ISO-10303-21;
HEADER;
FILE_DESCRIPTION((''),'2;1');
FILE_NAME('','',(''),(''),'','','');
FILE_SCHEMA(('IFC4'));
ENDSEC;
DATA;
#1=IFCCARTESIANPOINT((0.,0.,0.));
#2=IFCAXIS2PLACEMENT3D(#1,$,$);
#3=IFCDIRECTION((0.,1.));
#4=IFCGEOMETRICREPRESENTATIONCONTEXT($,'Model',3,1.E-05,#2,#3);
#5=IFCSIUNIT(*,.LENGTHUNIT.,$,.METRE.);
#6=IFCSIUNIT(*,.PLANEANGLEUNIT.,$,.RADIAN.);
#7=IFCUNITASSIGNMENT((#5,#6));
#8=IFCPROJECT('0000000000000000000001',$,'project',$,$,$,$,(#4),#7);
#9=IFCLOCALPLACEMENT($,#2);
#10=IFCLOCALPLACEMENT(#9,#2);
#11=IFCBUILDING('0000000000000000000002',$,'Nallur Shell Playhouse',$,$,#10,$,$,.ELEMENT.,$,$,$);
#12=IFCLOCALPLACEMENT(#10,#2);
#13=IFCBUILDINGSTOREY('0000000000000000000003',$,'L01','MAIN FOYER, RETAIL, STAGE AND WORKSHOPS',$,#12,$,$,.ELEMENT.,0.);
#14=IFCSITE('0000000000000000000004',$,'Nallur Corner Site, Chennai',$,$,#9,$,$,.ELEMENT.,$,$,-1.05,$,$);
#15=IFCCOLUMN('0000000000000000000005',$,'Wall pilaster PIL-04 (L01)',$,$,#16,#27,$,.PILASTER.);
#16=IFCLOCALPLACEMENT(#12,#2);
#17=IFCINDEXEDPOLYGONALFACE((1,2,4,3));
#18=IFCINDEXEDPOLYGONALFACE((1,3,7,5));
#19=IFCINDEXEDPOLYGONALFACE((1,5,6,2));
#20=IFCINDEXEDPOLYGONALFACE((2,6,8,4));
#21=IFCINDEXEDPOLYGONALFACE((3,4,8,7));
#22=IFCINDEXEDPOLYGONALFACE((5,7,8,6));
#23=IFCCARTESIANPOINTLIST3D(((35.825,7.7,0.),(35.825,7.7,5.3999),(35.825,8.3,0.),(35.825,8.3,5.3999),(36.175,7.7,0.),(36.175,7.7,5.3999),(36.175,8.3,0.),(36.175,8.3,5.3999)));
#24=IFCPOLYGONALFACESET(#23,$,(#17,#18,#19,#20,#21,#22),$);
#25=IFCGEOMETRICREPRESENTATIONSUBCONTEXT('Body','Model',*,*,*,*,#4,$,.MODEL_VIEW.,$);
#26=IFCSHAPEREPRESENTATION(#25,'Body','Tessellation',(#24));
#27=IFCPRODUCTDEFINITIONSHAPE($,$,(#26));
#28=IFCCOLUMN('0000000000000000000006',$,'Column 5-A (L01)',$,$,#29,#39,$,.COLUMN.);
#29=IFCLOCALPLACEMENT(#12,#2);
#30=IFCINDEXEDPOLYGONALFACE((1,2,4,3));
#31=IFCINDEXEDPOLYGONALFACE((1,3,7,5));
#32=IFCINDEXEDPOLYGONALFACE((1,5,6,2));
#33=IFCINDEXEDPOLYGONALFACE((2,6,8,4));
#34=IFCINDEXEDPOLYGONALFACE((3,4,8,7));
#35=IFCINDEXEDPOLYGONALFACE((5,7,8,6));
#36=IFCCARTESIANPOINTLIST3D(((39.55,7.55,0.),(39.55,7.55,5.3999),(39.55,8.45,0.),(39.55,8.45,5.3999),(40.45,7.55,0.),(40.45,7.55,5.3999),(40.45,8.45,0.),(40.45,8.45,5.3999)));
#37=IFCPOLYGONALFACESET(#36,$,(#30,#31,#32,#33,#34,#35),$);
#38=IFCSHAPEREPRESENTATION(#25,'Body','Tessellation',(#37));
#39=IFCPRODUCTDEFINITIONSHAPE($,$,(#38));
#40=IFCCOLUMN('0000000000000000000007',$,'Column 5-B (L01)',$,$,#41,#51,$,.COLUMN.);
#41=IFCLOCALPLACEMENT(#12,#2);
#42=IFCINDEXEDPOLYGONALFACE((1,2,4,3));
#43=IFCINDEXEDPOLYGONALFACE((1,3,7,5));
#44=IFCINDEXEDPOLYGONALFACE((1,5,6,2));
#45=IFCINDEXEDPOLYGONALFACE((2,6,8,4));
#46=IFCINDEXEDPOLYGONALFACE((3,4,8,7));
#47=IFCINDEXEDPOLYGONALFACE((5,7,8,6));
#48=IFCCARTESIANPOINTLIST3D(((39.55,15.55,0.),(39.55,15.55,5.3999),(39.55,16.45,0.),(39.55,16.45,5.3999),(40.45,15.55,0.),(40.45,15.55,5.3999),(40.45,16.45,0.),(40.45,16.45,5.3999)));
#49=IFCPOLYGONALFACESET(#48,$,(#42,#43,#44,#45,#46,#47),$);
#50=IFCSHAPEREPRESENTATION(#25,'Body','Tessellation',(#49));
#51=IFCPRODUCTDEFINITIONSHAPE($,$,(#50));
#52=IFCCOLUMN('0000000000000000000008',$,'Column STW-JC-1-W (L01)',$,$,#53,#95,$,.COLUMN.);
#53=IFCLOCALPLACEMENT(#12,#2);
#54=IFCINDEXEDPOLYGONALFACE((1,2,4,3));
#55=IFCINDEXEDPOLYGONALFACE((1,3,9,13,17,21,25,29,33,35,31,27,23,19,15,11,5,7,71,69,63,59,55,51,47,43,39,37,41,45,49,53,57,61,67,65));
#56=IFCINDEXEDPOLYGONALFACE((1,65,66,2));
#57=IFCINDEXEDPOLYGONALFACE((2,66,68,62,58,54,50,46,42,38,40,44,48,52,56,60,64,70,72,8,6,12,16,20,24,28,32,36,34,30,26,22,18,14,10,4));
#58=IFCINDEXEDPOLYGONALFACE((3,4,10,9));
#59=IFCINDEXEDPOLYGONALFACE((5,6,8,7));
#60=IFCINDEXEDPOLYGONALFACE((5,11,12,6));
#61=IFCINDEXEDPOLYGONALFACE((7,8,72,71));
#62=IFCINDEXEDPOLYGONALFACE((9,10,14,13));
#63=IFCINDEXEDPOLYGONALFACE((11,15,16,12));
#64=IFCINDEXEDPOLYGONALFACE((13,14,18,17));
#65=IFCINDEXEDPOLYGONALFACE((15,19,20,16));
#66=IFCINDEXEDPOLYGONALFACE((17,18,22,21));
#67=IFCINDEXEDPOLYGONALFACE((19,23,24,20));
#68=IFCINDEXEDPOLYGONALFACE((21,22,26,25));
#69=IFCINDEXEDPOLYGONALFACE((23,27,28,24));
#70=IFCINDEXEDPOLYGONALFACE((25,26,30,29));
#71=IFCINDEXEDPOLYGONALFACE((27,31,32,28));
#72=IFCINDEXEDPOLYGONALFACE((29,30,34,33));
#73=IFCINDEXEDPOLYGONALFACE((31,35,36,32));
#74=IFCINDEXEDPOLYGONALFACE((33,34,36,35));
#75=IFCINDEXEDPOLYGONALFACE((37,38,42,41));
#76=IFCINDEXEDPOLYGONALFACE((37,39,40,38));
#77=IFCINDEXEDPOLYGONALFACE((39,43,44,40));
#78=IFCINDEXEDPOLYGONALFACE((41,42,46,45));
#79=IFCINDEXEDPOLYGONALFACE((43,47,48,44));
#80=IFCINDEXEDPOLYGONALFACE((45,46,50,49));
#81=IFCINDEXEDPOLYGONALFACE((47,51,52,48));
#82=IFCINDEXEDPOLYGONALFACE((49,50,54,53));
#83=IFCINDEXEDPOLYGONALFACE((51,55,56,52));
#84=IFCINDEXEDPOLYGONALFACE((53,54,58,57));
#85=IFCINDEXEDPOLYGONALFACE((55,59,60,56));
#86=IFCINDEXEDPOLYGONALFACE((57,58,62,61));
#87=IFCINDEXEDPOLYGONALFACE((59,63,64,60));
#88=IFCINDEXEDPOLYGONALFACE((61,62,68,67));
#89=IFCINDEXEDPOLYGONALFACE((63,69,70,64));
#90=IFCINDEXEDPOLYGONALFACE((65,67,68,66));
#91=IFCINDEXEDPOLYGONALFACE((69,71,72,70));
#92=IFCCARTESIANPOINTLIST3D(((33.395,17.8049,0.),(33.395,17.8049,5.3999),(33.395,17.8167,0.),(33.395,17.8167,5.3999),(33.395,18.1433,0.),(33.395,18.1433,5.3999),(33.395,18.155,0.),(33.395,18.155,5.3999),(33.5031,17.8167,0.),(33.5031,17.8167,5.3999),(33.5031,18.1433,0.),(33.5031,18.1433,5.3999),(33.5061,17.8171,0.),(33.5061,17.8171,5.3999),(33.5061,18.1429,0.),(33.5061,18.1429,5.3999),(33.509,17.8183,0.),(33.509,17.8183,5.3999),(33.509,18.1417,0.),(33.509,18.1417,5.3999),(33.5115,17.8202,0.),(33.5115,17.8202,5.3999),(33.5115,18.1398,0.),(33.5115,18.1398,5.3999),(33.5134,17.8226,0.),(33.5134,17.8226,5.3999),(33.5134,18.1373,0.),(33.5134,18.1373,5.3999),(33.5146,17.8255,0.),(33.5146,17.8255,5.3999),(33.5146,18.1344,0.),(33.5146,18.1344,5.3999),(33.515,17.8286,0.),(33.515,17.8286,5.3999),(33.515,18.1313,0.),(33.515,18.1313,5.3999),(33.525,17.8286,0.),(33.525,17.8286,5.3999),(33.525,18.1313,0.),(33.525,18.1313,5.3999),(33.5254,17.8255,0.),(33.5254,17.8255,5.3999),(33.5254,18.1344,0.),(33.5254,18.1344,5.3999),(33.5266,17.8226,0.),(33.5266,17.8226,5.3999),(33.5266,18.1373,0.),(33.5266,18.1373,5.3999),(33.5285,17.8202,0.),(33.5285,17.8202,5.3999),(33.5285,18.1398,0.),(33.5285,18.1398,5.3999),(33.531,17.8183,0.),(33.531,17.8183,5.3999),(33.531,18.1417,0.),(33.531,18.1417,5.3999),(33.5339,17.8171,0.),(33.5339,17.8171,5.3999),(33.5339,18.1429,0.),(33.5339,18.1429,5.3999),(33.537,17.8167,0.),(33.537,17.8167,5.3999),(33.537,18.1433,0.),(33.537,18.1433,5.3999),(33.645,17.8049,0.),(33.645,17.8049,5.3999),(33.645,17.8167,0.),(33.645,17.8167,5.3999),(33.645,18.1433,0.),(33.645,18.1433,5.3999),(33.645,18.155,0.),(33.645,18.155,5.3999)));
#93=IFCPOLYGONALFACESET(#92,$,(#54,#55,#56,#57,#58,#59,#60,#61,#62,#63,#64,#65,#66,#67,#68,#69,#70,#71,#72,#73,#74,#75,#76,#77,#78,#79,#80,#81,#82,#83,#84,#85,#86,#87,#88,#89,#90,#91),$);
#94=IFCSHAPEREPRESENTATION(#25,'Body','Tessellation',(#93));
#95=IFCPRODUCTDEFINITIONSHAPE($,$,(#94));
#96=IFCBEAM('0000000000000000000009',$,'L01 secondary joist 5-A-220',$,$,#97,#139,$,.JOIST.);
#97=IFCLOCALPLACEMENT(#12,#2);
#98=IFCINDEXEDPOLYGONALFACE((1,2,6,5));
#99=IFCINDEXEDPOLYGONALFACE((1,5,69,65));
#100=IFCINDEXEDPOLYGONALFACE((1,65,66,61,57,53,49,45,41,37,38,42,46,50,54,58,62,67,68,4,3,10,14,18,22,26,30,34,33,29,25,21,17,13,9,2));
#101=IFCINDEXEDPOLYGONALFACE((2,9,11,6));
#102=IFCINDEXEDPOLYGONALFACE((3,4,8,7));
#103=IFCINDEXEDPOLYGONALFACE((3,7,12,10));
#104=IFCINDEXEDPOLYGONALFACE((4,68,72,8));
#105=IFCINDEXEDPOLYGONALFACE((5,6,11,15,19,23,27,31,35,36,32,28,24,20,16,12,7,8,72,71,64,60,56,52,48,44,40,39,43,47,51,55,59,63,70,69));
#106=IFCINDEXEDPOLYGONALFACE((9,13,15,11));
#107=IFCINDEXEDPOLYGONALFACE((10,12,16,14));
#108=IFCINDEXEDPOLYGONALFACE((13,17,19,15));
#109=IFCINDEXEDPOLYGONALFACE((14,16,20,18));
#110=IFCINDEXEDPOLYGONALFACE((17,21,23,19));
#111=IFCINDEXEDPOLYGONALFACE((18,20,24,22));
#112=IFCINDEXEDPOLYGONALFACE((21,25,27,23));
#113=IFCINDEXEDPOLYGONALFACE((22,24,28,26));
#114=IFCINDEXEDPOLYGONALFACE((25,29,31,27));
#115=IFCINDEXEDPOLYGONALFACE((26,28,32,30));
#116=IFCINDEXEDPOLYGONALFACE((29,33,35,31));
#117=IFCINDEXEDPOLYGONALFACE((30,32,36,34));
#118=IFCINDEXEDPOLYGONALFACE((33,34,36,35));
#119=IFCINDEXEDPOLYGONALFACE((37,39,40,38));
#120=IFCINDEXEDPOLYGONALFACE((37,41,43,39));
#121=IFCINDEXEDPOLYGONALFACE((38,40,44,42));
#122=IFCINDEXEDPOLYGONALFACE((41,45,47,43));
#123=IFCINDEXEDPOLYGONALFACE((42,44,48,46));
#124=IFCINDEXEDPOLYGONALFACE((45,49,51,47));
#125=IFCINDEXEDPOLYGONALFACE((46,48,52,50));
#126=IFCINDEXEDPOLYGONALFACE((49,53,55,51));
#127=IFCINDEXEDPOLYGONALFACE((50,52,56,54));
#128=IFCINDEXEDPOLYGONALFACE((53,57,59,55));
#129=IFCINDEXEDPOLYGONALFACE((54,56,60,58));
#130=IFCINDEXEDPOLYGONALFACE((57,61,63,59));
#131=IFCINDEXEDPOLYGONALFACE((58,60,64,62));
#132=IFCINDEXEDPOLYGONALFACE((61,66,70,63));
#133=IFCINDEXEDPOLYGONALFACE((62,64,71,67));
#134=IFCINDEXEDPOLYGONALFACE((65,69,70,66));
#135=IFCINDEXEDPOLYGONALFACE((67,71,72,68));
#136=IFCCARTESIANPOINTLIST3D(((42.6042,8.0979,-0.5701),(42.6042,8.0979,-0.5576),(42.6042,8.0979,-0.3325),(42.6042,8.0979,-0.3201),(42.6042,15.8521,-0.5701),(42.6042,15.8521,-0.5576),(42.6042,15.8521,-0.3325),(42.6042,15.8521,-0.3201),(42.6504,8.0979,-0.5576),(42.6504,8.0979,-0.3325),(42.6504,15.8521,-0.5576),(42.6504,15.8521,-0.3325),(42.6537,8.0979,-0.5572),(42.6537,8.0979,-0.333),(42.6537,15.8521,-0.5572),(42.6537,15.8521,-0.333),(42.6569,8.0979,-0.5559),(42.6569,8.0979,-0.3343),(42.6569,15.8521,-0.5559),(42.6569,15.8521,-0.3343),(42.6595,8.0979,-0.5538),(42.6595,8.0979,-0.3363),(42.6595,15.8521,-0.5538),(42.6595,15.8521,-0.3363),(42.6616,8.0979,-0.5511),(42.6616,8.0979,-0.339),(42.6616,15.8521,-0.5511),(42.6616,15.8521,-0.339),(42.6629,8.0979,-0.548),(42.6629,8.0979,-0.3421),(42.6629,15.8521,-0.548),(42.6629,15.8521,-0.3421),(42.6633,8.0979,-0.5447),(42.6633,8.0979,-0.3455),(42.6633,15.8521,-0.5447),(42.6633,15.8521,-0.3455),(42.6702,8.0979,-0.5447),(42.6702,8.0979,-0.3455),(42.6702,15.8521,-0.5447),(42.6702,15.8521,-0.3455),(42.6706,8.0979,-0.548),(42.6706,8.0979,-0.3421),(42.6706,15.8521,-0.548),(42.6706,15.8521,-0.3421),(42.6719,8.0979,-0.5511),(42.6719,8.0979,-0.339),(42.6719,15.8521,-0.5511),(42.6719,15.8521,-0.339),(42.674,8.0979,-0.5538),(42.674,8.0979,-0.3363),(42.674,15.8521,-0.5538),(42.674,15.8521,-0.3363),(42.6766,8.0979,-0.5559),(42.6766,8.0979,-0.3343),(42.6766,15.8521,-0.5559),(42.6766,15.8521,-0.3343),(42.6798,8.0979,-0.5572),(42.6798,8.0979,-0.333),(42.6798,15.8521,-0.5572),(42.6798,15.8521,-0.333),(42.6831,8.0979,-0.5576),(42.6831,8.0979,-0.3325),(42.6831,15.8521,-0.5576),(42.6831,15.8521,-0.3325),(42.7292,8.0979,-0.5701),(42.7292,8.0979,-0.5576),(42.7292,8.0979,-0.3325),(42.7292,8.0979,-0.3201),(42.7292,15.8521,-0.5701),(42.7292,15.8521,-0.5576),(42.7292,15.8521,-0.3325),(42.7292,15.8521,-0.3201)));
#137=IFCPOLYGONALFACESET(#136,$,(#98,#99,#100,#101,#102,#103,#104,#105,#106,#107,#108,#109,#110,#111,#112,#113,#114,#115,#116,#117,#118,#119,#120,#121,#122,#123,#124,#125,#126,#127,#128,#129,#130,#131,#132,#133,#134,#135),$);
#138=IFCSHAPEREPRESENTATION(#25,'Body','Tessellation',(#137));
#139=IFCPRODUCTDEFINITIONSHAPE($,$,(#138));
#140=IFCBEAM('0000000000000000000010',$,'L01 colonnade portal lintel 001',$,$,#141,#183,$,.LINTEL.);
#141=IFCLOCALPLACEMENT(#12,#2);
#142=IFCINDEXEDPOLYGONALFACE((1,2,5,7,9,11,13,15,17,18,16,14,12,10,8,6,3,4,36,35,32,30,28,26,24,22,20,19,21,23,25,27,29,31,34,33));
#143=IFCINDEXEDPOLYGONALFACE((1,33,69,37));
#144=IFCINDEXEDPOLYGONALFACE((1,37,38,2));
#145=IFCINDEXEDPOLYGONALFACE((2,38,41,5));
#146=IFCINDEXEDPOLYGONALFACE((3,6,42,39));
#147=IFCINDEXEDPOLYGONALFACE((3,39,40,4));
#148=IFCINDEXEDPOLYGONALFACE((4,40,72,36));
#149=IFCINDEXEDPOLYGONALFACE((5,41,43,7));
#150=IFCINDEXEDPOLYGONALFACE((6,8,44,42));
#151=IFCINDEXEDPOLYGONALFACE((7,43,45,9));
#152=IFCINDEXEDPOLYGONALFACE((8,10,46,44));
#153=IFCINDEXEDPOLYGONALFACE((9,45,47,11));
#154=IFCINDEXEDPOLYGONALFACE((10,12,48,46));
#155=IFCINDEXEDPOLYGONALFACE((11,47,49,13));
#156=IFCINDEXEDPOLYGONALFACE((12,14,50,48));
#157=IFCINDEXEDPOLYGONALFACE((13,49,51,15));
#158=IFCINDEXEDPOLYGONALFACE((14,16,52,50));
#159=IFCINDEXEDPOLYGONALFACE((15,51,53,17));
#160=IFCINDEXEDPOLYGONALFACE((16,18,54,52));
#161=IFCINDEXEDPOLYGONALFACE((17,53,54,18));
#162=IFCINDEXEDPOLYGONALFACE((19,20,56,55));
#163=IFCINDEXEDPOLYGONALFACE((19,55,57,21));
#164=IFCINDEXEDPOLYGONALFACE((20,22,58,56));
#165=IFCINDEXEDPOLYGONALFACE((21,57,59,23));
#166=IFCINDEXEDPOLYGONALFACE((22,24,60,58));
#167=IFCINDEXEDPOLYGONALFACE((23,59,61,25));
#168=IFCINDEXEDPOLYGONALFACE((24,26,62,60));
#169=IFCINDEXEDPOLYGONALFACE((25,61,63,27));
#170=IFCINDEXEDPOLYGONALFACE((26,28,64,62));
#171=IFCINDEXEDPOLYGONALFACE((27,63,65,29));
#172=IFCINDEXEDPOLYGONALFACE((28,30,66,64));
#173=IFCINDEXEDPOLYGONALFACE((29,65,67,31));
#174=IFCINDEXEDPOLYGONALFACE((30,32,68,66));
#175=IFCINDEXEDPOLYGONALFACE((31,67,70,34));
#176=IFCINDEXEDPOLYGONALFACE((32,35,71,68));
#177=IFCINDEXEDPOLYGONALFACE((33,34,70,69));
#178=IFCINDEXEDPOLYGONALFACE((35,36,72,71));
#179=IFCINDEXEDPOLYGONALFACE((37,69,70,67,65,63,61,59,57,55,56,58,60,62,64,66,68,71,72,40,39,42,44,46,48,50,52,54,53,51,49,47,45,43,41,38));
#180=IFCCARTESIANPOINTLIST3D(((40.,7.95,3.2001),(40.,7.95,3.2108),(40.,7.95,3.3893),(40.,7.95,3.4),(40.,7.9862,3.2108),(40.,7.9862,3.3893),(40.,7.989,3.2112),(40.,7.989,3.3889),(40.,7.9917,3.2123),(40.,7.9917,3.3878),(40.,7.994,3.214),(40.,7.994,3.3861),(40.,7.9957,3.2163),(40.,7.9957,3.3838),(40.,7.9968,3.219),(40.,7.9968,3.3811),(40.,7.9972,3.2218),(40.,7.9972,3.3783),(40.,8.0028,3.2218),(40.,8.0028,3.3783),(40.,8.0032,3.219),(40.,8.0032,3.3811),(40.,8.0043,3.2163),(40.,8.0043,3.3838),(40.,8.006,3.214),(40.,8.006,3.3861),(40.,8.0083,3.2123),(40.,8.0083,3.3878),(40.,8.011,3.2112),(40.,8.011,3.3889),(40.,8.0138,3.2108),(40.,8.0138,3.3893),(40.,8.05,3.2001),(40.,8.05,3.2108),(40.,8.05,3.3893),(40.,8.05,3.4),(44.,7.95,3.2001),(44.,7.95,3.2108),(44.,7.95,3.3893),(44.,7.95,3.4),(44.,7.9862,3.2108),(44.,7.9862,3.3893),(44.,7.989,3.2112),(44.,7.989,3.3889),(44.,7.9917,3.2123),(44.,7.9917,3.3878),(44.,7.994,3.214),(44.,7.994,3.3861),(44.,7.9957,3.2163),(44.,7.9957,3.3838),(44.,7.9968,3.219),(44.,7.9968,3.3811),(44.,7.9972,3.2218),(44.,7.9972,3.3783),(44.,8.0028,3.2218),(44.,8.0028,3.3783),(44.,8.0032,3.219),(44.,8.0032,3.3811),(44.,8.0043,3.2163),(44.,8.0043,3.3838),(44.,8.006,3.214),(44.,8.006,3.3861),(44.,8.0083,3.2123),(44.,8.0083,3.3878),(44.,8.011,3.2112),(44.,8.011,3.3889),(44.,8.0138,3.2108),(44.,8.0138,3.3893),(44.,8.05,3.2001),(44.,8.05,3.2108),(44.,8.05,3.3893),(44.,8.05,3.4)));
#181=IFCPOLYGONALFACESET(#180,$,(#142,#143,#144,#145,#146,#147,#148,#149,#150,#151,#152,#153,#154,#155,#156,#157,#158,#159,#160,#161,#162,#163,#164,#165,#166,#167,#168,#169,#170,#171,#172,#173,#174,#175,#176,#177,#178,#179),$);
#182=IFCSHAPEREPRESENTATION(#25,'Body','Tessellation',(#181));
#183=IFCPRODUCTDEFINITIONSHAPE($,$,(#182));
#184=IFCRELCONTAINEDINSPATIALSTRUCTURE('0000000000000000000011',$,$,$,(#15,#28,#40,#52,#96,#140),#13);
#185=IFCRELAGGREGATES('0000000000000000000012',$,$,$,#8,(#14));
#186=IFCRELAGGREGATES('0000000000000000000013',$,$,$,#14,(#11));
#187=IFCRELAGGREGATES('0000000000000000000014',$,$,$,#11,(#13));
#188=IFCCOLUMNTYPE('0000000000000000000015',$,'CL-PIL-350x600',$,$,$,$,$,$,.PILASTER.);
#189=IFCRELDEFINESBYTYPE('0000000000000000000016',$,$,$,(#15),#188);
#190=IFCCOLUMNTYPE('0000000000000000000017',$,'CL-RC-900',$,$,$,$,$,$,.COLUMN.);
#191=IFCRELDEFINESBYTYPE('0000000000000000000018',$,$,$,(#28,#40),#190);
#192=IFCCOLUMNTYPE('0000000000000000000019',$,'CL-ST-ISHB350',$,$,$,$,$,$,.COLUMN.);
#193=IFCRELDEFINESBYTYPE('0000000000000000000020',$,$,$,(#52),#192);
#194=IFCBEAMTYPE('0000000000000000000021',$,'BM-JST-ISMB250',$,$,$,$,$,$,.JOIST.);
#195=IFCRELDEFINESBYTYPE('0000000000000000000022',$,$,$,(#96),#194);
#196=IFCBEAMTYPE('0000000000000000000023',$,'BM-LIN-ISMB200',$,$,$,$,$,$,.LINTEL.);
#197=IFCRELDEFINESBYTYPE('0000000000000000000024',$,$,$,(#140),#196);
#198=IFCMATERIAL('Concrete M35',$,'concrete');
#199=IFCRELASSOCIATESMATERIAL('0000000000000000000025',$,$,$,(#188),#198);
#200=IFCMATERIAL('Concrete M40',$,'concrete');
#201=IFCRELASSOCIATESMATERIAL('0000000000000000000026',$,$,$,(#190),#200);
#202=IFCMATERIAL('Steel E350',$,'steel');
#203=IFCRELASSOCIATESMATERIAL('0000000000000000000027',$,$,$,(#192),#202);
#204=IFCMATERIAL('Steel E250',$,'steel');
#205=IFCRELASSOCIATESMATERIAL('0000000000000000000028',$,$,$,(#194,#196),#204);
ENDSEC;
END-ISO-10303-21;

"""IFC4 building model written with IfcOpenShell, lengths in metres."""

from ifc_helpers import new_model, si_unit, direction, frame, origin, origin_2d, place, context, subcontext, project, spatial, rectangle, i_section, extrude, material, material_profile, profile_set, type_object, element, save


model = new_model("IFC4")

# Units and contexts
model_context = context("Model", 3, precision=1e-05, world=origin(), true_north=direction((0.0, 1.0)))
body_context = subcontext(model_context, "Body", "Model", "MODEL_VIEW")
ifc_project = project(units=[si_unit("LENGTHUNIT", "METRE"), si_unit("PLANEANGLEUNIT", "RADIAN")], contexts=[model_context])

# Site, building, storey
site_placement = place(None, origin())
site = spatial("IfcSite", under=ifc_project, at=site_placement, Name="Nallur Corner Site, Chennai", CompositionType="ELEMENT", RefElevation=-1.05)
building_placement = place(site_placement, origin())
building = spatial("IfcBuilding", under=site, at=building_placement, Name="Nallur Shell Playhouse", CompositionType="ELEMENT")
storey_placement = place(building_placement, origin())
storey = spatial("IfcBuildingStorey", under=building, at=storey_placement, Name="L01", Description="MAIN FOYER, RETAIL, STAGE AND WORKSHOPS", CompositionType="ELEMENT", Elevation=0.0)

# Columns
ifc_material_1 = material(Name="Concrete M35", Category="concrete")
ifc_material_profile_1 = material_profile(ifc_material_1, rectangle(XDim=0.3501, YDim=0.6001, at=origin_2d()), Name="RC 350x600")
ifc_profile_set_1 = profile_set([ifc_material_profile_1], Name="Concrete M35")
column_type_1 = type_object("IfcColumnType", Name="CL-PIL-350x600", PredefinedType="PILASTER", material=ifc_profile_set_1)
column_1_placement = place(storey_placement, frame((36.0, 8.0, 0.0), z_axis=(0.0, 0.0, 1.0), x_axis=(1.0, 0.0, 0.0)))
element("IfcColumn", 1, at=column_1_placement, inside=storey, type_object=column_type_1, Name="Wall pilaster PIL-04 (L01)", PredefinedType="PILASTER", context=body_context, shape_type="SweptSolid", body=[
    extrude(rectangle(XDim=0.3501, YDim=0.6001, at=origin_2d()), origin(), (0.0, 0.0, 1.0), 5.3999),
])
ifc_material_2 = material(Name="Concrete M40", Category="concrete")
ifc_material_profile_2 = material_profile(ifc_material_2, rectangle(XDim=0.8999, YDim=0.8999, at=origin_2d()), Name="RC 900x900")
ifc_profile_set_2 = profile_set([ifc_material_profile_2], Name="Concrete M40")
column_type_2 = type_object("IfcColumnType", Name="CL-RC-900", PredefinedType="COLUMN", material=ifc_profile_set_2)
for number, where, z_axis, x_axis, name in (
    (2, (40.0, 8.0, 0.0), (0.0, 0.0, 1.0), (1.0, 0.0, 0.0), "Column 5-A (L01)"),
    (3, (40.0, 16.0, 0.0), (0.0, 0.0, 1.0), (1.0, 0.0, 0.0), "Column 5-B (L01)"),
):
    element("IfcColumn", number, at=place(storey_placement, frame(where, z_axis=z_axis, x_axis=x_axis)), inside=storey, type_object=column_type_2, Name=name, PredefinedType="COLUMN", context=body_context, shape_type="SweptSolid", body=[
        extrude(rectangle(XDim=0.8999, YDim=0.8999, at=origin_2d()), origin(), (0.0, 0.0, 1.0), 5.3999),
    ])
ifc_material_3 = material(Name="Steel E350", Category="steel")
ifc_material_profile_3 = material_profile(ifc_material_3, i_section(OverallWidth=0.25, OverallDepth=0.3501, WebThickness=0.01, FlangeThickness=0.0117, FilletRadius=0.012, at=origin_2d()), Name="ISHB 350")
ifc_profile_set_3 = profile_set([ifc_material_profile_3], Name="Steel E350")
column_type_3 = type_object("IfcColumnType", Name="CL-ST-ISHB350", PredefinedType="COLUMN", material=ifc_profile_set_3)
column_2_placement = place(storey_placement, frame((33.52, 17.98, 0.0), z_axis=(0.0, 0.0, 1.0), x_axis=(1.0, 0.0, 0.0)))
element("IfcColumn", 4, at=column_2_placement, inside=storey, type_object=column_type_3, Name="Column STW-JC-1-W (L01)", PredefinedType="COLUMN", context=body_context, shape_type="SweptSolid", body=[
    extrude(i_section(OverallWidth=0.25, OverallDepth=0.3501, WebThickness=0.01, FlangeThickness=0.0117, FilletRadius=0.012, at=origin_2d()), origin(), (0.0, 0.0, 1.0), 5.3999),
])

# Beams
ifc_material_4 = material(Name="Steel E250", Category="steel")
ifc_material_profile_4 = material_profile(ifc_material_4, i_section(OverallWidth=0.125, OverallDepth=0.25, WebThickness=0.0068, FlangeThickness=0.0125, FilletRadius=0.0129, at=origin_2d()), Name="ISMB 250")
ifc_profile_set_4 = profile_set([ifc_material_profile_4], Name="Steel E250")
beam_type_1 = type_object("IfcBeamType", Name="BM-JST-ISMB250", PredefinedType="JOIST", material=ifc_profile_set_4)
beam_1_placement = place(storey_placement, frame((42.6667, 8.0979, -0.4451), z_axis=(0.0, 1.0, 0.0), x_axis=(-1.0, 0.0, 0.0)))
element("IfcBeam", 5, at=beam_1_placement, inside=storey, type_object=beam_type_1, Name="L01 secondary joist 5-A-220", PredefinedType="JOIST", context=body_context, shape_type="SweptSolid", body=[
    extrude(i_section(OverallWidth=0.125, OverallDepth=0.25, WebThickness=0.0068, FlangeThickness=0.0125, FilletRadius=0.0129, at=origin_2d()), origin(), (0.0, 0.0, 1.0), 7.7542),
])
ifc_material_profile_5 = material_profile(ifc_material_4, i_section(OverallWidth=0.1001, OverallDepth=0.2, WebThickness=0.0056, FlangeThickness=0.0107, FilletRadius=0.011, at=origin_2d()), Name="ISMB 200")
ifc_profile_set_5 = profile_set([ifc_material_profile_5], Name="Steel E250")
beam_type_2 = type_object("IfcBeamType", Name="BM-LIN-ISMB200", PredefinedType="LINTEL", material=ifc_profile_set_5)
beam_2_placement = place(storey_placement, frame((40.0, 8.0, 3.3), z_axis=(1.0, 0.0, 0.0), x_axis=(0.0, 1.0, 0.0)))
element("IfcBeam", 6, at=beam_2_placement, inside=storey, type_object=beam_type_2, Name="L01 colonnade portal lintel 001", PredefinedType="LINTEL", context=body_context, shape_type="SweptSolid", body=[
    extrude(i_section(OverallWidth=0.1001, OverallDepth=0.2, WebThickness=0.0056, FlangeThickness=0.0107, FilletRadius=0.011, at=origin_2d()), origin(), (0.0, 0.0, 1.0), 4.0),
])

save(model, "model.ifc")
